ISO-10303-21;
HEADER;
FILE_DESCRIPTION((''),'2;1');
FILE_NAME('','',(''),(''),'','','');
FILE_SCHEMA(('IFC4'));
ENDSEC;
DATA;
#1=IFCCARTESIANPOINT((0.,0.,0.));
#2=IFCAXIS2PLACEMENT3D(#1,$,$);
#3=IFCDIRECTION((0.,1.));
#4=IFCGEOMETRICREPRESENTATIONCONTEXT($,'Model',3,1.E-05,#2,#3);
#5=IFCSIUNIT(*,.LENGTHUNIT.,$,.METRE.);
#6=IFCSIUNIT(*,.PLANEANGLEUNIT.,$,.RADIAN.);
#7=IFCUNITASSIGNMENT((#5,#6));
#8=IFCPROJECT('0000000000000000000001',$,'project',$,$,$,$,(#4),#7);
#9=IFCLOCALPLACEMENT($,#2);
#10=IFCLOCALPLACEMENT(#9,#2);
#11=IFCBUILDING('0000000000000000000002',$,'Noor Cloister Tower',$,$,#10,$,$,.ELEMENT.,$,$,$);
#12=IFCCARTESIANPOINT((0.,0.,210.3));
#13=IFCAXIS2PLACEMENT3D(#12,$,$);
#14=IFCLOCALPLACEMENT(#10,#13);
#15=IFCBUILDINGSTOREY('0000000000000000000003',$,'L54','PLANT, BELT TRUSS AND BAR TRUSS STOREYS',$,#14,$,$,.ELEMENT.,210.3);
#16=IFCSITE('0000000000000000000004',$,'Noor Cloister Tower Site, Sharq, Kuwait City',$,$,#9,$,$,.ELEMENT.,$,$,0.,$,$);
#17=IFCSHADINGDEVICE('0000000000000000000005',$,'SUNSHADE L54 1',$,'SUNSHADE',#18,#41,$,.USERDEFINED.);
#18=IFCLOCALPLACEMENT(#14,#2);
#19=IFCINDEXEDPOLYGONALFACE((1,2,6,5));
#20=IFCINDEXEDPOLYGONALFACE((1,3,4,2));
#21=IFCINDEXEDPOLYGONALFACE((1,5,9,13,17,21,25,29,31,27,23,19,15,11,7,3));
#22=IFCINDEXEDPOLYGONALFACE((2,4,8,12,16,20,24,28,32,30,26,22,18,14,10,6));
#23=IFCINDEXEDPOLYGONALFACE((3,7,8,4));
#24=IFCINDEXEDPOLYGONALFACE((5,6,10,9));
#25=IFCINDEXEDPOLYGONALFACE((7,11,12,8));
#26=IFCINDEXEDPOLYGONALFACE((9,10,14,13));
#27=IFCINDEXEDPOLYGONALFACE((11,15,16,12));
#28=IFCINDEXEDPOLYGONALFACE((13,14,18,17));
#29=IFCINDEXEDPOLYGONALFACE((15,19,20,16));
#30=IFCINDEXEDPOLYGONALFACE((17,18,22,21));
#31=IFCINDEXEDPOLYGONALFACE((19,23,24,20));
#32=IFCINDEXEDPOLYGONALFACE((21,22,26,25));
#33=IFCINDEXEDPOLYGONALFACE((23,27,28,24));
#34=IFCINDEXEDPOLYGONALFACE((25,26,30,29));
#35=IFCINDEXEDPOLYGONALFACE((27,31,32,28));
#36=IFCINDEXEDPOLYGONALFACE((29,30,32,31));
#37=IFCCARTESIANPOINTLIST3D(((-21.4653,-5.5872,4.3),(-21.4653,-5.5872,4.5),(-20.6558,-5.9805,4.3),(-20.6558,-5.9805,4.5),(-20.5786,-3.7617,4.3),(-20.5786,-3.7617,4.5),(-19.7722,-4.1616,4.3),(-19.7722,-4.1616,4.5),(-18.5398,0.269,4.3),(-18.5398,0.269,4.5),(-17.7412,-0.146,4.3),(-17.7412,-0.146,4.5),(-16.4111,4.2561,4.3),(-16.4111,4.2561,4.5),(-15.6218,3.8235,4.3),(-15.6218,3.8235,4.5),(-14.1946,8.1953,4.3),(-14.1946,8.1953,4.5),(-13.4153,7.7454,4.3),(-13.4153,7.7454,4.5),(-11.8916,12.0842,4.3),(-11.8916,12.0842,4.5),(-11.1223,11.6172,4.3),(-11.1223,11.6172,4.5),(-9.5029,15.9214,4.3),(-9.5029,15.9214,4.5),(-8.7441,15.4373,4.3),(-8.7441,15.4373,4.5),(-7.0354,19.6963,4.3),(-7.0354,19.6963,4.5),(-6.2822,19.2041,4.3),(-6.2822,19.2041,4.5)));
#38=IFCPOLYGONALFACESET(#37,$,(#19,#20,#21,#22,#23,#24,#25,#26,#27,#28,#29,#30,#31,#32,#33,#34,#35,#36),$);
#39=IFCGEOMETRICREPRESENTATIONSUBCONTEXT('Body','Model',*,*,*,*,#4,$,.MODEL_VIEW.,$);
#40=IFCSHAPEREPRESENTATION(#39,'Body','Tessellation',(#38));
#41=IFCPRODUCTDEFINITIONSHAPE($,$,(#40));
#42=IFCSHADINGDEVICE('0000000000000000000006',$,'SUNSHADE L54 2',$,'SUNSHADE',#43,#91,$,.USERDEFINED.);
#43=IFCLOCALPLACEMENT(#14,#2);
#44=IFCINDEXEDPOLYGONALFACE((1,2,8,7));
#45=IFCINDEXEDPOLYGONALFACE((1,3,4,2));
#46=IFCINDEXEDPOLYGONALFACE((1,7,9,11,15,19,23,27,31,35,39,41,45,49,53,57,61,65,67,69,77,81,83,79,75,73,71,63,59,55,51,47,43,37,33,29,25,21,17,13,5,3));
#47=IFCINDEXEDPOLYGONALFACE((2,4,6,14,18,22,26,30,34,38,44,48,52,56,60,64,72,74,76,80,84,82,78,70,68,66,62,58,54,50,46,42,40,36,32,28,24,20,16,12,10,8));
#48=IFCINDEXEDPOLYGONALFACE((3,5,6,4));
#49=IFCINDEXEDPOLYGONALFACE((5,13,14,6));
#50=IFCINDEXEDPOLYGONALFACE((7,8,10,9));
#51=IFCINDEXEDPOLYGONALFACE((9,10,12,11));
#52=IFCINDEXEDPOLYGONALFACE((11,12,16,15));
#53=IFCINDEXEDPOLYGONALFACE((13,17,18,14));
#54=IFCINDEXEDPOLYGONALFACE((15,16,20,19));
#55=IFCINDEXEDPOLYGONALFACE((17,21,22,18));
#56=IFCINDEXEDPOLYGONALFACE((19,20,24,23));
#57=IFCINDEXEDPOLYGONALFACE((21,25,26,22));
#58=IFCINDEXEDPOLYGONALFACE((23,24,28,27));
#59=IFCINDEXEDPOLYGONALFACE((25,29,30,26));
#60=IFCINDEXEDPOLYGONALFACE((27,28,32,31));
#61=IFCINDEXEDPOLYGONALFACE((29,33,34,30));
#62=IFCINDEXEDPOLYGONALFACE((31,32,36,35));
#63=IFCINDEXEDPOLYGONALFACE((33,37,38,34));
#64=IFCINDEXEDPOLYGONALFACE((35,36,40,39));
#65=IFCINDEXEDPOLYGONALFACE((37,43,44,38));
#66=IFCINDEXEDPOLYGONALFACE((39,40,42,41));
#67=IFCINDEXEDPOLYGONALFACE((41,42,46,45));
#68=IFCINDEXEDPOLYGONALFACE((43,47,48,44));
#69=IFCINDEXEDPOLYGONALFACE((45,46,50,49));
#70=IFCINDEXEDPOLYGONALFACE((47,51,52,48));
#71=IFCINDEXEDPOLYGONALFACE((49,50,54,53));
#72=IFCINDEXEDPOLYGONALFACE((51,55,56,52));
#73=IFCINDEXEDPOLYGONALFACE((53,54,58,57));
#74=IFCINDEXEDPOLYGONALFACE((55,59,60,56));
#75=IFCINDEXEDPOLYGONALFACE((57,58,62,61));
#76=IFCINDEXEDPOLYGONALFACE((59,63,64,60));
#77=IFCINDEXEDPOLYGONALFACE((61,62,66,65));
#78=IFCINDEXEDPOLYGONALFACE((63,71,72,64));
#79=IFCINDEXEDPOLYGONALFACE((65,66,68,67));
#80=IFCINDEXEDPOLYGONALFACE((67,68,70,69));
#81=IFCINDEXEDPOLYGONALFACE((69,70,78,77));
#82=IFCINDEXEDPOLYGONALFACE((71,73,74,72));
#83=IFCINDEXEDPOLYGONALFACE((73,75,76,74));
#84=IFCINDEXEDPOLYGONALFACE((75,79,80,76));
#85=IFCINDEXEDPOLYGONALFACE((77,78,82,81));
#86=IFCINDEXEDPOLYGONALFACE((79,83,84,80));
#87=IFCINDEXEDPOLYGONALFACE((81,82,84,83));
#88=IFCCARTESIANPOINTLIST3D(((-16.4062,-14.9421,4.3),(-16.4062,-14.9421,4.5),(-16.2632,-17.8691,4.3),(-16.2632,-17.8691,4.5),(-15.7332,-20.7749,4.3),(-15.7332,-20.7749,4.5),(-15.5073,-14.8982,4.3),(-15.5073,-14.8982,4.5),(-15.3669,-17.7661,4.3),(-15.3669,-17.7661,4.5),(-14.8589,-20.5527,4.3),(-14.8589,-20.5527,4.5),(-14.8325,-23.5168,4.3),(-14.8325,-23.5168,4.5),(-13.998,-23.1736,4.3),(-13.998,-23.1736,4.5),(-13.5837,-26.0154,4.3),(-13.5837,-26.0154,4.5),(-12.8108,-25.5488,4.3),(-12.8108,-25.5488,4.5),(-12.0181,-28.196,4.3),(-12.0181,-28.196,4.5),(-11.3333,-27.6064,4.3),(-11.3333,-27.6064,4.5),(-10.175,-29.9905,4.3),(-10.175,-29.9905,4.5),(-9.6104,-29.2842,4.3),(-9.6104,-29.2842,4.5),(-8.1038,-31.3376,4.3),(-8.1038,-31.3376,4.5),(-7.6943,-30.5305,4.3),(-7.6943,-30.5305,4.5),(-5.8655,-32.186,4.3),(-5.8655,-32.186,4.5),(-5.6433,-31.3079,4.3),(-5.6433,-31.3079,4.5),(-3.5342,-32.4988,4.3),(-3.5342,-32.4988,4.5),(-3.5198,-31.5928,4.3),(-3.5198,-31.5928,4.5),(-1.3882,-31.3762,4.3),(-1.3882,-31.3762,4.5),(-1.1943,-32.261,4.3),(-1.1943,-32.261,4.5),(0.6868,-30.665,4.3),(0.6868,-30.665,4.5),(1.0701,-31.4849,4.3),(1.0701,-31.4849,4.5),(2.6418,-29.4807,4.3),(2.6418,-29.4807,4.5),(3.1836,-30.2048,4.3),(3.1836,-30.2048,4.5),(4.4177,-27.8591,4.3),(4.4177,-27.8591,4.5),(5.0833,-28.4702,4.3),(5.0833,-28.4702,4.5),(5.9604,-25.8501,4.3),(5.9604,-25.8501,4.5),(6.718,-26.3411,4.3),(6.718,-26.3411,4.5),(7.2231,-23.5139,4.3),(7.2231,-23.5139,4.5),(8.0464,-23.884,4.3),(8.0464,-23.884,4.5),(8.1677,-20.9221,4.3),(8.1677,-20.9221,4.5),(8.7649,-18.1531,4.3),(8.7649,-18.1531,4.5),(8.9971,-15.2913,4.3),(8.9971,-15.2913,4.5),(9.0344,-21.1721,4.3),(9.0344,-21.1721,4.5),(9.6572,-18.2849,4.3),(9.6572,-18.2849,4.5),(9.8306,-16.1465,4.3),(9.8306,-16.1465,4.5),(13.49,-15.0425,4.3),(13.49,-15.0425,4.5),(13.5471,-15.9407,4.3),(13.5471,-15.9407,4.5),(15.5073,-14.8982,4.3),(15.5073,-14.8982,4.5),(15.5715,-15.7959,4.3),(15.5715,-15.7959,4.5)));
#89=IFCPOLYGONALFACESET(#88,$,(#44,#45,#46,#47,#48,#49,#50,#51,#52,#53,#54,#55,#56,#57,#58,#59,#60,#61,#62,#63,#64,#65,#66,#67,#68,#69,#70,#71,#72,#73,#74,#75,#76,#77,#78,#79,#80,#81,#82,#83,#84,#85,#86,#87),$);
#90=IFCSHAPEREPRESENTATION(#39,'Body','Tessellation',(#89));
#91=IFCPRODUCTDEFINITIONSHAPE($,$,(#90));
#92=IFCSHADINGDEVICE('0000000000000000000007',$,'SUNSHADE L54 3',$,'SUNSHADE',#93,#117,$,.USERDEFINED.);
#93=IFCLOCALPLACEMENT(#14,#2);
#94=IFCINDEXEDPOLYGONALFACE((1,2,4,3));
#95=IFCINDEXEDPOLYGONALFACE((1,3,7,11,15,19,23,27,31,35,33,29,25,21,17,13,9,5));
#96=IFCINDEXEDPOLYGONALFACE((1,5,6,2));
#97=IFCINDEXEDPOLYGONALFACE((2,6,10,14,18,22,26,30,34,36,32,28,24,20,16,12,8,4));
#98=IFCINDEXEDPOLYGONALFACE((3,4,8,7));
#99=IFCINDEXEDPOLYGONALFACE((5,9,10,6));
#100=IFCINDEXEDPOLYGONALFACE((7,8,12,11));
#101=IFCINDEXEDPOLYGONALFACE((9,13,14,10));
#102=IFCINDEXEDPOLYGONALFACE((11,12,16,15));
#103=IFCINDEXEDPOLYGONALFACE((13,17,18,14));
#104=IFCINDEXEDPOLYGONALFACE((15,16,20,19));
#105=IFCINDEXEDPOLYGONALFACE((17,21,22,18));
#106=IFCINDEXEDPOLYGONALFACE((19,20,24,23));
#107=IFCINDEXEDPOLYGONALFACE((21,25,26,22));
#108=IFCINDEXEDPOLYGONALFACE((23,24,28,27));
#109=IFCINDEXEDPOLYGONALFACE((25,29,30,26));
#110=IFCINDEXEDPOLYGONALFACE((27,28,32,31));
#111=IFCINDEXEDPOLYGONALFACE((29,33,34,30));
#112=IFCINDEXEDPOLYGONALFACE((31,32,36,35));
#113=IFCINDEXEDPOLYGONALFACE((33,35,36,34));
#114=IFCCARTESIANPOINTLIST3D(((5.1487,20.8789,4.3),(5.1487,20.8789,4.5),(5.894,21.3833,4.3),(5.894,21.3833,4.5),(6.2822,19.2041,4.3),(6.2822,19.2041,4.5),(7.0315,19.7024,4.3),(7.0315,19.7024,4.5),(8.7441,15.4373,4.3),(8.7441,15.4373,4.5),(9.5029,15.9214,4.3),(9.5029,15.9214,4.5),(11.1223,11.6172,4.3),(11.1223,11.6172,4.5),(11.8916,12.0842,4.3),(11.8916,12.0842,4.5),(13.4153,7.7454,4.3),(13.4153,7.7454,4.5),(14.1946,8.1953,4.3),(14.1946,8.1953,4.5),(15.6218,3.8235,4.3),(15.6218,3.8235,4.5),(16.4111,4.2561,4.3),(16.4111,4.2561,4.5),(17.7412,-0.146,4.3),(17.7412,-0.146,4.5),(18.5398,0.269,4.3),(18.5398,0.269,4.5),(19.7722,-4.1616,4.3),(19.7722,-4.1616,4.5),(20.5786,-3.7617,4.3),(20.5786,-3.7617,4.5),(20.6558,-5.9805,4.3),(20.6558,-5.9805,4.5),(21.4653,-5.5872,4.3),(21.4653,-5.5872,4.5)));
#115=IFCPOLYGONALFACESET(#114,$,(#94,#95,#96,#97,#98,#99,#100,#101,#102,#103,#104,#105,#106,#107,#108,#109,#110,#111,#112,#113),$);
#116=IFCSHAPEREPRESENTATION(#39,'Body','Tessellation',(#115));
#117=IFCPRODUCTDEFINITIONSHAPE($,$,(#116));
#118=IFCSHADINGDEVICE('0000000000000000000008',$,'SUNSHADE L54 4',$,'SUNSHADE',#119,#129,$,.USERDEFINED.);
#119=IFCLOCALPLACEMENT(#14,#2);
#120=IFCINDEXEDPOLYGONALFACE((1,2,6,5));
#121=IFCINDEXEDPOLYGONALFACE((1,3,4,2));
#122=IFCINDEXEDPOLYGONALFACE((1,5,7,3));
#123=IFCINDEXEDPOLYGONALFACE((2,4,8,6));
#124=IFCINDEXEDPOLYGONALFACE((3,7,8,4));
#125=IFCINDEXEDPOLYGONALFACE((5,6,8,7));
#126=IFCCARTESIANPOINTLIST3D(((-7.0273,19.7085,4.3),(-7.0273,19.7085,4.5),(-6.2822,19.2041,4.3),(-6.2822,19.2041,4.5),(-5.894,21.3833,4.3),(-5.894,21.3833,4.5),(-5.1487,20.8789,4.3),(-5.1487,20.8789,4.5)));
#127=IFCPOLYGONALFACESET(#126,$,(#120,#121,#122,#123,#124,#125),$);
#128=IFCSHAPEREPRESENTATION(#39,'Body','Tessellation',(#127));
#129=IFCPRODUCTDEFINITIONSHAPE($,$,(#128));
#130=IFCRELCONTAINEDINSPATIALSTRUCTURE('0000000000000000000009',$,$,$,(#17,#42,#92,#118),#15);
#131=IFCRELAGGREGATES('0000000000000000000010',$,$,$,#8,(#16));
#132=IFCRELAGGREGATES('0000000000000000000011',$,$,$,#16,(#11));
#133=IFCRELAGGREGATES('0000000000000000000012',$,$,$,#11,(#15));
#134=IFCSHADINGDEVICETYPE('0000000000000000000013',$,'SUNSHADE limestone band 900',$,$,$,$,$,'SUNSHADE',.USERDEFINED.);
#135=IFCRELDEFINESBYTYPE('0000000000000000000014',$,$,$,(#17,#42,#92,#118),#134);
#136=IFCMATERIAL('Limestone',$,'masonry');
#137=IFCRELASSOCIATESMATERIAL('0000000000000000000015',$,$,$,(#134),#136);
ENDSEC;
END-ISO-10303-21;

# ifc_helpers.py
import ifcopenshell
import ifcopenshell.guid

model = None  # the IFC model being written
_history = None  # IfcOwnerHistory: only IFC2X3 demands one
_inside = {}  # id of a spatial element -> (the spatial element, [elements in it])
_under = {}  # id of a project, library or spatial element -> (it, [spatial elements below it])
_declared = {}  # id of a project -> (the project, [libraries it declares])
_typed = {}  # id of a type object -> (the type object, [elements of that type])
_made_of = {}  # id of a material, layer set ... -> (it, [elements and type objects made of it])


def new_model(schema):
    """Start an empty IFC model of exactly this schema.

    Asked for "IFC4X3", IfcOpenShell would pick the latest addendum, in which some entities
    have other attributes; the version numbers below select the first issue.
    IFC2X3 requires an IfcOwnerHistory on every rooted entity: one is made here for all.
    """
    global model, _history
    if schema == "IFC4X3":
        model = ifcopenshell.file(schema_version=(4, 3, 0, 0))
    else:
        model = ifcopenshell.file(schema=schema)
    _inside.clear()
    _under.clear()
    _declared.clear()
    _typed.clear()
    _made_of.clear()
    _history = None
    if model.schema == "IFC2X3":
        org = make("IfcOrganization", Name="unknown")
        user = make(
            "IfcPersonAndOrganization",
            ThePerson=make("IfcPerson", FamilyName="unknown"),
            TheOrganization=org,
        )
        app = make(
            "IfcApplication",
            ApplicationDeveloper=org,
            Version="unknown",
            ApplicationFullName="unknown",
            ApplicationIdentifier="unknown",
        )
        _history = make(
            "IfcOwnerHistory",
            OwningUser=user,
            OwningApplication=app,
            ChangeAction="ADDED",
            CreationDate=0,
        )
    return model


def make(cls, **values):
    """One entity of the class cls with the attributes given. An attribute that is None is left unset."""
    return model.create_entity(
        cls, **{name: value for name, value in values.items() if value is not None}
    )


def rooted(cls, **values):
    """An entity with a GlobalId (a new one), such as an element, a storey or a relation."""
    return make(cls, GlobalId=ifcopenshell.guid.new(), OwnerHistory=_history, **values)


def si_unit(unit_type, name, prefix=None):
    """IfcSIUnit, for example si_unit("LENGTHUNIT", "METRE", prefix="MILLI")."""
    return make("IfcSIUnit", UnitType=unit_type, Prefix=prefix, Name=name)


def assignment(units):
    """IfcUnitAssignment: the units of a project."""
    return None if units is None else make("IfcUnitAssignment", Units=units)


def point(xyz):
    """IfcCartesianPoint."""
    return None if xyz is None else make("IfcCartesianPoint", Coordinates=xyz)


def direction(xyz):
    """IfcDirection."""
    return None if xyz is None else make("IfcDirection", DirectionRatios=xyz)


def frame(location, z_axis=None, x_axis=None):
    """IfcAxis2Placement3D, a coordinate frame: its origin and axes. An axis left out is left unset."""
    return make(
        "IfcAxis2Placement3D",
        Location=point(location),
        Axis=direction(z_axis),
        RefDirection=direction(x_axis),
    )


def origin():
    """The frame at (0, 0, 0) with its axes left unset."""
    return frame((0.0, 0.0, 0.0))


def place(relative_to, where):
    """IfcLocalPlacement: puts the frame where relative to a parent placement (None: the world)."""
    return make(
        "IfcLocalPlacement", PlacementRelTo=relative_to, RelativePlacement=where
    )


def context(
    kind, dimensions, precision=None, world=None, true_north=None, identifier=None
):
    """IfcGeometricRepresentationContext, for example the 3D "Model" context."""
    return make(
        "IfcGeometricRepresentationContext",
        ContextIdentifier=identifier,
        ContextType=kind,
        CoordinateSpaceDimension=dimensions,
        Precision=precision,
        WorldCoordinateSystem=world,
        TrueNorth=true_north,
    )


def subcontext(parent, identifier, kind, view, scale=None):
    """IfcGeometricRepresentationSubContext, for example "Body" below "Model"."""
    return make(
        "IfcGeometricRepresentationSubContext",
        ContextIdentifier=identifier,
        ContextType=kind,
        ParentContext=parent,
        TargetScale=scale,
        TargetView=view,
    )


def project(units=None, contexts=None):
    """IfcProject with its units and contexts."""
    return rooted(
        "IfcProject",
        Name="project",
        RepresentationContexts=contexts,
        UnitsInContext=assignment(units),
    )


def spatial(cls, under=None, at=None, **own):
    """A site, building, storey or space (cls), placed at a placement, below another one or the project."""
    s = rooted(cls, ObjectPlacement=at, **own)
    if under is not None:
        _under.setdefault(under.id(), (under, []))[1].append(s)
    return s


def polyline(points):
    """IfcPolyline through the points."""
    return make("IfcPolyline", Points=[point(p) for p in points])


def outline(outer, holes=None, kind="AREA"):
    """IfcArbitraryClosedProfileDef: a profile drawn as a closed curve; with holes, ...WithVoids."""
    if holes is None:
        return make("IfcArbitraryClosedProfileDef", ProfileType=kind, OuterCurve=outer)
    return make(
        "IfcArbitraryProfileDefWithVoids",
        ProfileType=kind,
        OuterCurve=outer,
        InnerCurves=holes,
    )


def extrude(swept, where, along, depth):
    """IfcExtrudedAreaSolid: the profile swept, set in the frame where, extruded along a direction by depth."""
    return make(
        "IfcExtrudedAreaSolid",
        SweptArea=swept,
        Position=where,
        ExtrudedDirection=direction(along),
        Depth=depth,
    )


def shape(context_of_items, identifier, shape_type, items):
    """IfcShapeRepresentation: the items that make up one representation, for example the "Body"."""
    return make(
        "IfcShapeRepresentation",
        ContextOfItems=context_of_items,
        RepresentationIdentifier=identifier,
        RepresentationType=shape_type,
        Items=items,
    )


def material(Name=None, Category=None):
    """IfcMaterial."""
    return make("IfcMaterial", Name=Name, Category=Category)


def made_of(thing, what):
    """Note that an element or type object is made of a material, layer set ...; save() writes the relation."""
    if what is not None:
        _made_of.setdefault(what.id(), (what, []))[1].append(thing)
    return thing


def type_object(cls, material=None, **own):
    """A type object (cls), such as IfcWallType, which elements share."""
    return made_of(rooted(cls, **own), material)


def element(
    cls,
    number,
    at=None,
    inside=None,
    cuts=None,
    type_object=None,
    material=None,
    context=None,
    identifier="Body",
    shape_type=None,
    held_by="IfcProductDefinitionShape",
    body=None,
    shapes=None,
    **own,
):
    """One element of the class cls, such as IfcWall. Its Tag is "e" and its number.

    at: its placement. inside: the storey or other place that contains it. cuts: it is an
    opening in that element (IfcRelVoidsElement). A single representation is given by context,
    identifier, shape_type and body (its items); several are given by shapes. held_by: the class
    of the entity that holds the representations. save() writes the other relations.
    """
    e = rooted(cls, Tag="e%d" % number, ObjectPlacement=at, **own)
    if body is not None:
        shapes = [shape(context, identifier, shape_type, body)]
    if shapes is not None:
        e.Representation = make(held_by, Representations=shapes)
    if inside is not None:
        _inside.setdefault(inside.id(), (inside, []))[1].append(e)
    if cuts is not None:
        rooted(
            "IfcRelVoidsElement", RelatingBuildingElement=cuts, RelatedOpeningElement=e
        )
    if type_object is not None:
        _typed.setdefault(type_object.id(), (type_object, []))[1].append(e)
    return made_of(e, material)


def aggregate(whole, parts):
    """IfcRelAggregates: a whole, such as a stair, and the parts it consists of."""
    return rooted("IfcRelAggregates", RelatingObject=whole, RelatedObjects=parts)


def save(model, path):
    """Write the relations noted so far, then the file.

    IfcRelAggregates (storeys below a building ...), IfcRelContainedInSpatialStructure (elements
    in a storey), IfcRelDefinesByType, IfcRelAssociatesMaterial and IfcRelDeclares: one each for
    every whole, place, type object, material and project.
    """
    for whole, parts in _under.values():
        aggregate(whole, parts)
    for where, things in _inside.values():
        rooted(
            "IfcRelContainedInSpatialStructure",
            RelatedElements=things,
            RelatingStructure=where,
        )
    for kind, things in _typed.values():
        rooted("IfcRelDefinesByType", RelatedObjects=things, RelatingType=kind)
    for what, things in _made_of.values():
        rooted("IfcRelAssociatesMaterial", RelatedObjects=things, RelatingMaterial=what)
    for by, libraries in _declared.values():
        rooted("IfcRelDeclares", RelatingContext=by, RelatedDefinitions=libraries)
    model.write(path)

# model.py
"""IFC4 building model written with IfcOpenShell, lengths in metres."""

from ifc_helpers import new_model, si_unit, direction, frame, origin, place, context, subcontext, project, spatial, polyline, outline, extrude, material, type_object, element, save


model = new_model("IFC4")

# Units and contexts
model_context = context("Model", 3, precision=1e-05, world=origin(), true_north=direction((0.0, 1.0)))
body_context = subcontext(model_context, "Body", "Model", "MODEL_VIEW")
ifc_project = project(units=[si_unit("LENGTHUNIT", "METRE"), si_unit("PLANEANGLEUNIT", "RADIAN")], contexts=[model_context])

# Site, building, storey
site_placement = place(None, origin())
site = spatial("IfcSite", under=ifc_project, at=site_placement, Name="Noor Cloister Tower Site, Sharq, Kuwait City", CompositionType="ELEMENT", RefElevation=0.0)
building_placement = place(site_placement, origin())
building = spatial("IfcBuilding", under=site, at=building_placement, Name="Noor Cloister Tower", CompositionType="ELEMENT")
storey_placement = place(building_placement, frame((0.0, 0.0, 210.3)))
storey = spatial("IfcBuildingStorey", under=building, at=storey_placement, Name="L54", Description="PLANT, BELT TRUSS AND BAR TRUSS STOREYS", CompositionType="ELEMENT", Elevation=210.3)

# Shading devices
ifc_material_1 = material(Name="Limestone", Category="masonry")
shading_device_type = type_object("IfcShadingDeviceType", Name="SUNSHADE limestone band 900", ElementType="SUNSHADE", PredefinedType="USERDEFINED", material=ifc_material_1)
shading_device_1_placement = place(storey_placement, frame((0.0, 0.0, 4.3)))
element("IfcShadingDevice", 1, at=shading_device_1_placement, inside=storey, type_object=shading_device_type, Name="SUNSHADE L54 1", ObjectType="SUNSHADE", PredefinedType="USERDEFINED", context=body_context, shape_type="SweptSolid", body=[
    extrude(outline(polyline([(-7.0354, 19.6963), (-9.5029, 15.9214), (-11.8916, 12.0842), (-14.1946, 8.1953), (-16.4111, 4.2561), (-18.5398, 0.269), (-20.5786, -3.7617), (-21.4653, -5.5872), (-20.6558, -5.9805), (-19.7722, -4.1616), (-17.7412, -0.146), (-15.6218, 3.8235), (-13.4153, 7.7454), (-11.1223, 11.6172), (-8.7441, 15.4373), (-6.2822, 19.2041), (-7.0354, 19.6963)])), origin(), (0.0, 0.0, 1.0), 0.2),
])
shading_device_2_placement = place(storey_placement, frame((0.0, 0.0, 4.3)))
element("IfcShadingDevice", 2, at=shading_device_2_placement, inside=storey, type_object=shading_device_type, Name="SUNSHADE L54 2", ObjectType="SUNSHADE", PredefinedType="USERDEFINED", context=body_context, shape_type="SweptSolid", body=[
    extrude(outline(polyline([(-16.4062, -14.9421), (-16.2632, -17.8691), (-15.7332, -20.7749), (-14.8325, -23.5168), (-13.5837, -26.0154), (-12.0181, -28.196), (-10.175, -29.9905), (-8.1038, -31.3376), (-5.8655, -32.186), (-3.5342, -32.4988), (-1.1943, -32.261), (1.0701, -31.4849), (3.1836, -30.2048), (5.0833, -28.4702), (6.718, -26.3411), (8.0464, -23.884), (9.0344, -21.1721), (9.6572, -18.2849), (9.8306, -16.1465), (13.5471, -15.9407), (15.5715, -15.7959), (15.5073, -14.8982), (13.49, -15.0425), (8.9971, -15.2913), (8.7649, -18.1531), (8.1677, -20.9221), (7.2231, -23.5139), (5.9604, -25.8501), (4.4177, -27.8591), (2.6418, -29.4807), (0.6868, -30.665), (-1.3882, -31.3762), (-3.5198, -31.5928), (-5.6433, -31.3079), (-7.6943, -30.5305), (-9.6104, -29.2842), (-11.3333, -27.6064), (-12.8108, -25.5488), (-13.998, -23.1736), (-14.8589, -20.5527), (-15.3669, -17.7661), (-15.5073, -14.8982), (-16.4062, -14.9421)])), origin(), (0.0, 0.0, 1.0), 0.2),
])
shading_device_3_placement = place(storey_placement, frame((0.0, 0.0, 4.3)))
element("IfcShadingDevice", 3, at=shading_device_3_placement, inside=storey, type_object=shading_device_type, Name="SUNSHADE L54 3", ObjectType="SUNSHADE", PredefinedType="USERDEFINED", context=body_context, shape_type="SweptSolid", body=[
    extrude(outline(polyline([(21.4653, -5.5872), (20.5786, -3.7617), (18.5398, 0.269), (16.4111, 4.2561), (14.1946, 8.1953), (11.8916, 12.0842), (9.5029, 15.9214), (7.0315, 19.7024), (5.894, 21.3833), (5.1487, 20.8789), (6.2822, 19.2041), (8.7441, 15.4373), (11.1223, 11.6172), (13.4153, 7.7454), (15.6218, 3.8235), (17.7412, -0.146), (19.7722, -4.1616), (20.6558, -5.9805), (21.4653, -5.5872)])), origin(), (0.0, 0.0, 1.0), 0.2),
])
shading_device_4_placement = place(storey_placement, frame((0.0, 0.0, 4.3)))
element("IfcShadingDevice", 4, at=shading_device_4_placement, inside=storey, type_object=shading_device_type, Name="SUNSHADE L54 4", ObjectType="SUNSHADE", PredefinedType="USERDEFINED", context=body_context, shape_type="SweptSolid", body=[
    extrude(outline(polyline([(-5.894, 21.3833), (-7.0273, 19.7085), (-6.2822, 19.2041), (-5.1487, 20.8789), (-5.894, 21.3833)])), origin(), (0.0, 0.0, 1.0), 0.2),
])

save(model, "model.ifc")
